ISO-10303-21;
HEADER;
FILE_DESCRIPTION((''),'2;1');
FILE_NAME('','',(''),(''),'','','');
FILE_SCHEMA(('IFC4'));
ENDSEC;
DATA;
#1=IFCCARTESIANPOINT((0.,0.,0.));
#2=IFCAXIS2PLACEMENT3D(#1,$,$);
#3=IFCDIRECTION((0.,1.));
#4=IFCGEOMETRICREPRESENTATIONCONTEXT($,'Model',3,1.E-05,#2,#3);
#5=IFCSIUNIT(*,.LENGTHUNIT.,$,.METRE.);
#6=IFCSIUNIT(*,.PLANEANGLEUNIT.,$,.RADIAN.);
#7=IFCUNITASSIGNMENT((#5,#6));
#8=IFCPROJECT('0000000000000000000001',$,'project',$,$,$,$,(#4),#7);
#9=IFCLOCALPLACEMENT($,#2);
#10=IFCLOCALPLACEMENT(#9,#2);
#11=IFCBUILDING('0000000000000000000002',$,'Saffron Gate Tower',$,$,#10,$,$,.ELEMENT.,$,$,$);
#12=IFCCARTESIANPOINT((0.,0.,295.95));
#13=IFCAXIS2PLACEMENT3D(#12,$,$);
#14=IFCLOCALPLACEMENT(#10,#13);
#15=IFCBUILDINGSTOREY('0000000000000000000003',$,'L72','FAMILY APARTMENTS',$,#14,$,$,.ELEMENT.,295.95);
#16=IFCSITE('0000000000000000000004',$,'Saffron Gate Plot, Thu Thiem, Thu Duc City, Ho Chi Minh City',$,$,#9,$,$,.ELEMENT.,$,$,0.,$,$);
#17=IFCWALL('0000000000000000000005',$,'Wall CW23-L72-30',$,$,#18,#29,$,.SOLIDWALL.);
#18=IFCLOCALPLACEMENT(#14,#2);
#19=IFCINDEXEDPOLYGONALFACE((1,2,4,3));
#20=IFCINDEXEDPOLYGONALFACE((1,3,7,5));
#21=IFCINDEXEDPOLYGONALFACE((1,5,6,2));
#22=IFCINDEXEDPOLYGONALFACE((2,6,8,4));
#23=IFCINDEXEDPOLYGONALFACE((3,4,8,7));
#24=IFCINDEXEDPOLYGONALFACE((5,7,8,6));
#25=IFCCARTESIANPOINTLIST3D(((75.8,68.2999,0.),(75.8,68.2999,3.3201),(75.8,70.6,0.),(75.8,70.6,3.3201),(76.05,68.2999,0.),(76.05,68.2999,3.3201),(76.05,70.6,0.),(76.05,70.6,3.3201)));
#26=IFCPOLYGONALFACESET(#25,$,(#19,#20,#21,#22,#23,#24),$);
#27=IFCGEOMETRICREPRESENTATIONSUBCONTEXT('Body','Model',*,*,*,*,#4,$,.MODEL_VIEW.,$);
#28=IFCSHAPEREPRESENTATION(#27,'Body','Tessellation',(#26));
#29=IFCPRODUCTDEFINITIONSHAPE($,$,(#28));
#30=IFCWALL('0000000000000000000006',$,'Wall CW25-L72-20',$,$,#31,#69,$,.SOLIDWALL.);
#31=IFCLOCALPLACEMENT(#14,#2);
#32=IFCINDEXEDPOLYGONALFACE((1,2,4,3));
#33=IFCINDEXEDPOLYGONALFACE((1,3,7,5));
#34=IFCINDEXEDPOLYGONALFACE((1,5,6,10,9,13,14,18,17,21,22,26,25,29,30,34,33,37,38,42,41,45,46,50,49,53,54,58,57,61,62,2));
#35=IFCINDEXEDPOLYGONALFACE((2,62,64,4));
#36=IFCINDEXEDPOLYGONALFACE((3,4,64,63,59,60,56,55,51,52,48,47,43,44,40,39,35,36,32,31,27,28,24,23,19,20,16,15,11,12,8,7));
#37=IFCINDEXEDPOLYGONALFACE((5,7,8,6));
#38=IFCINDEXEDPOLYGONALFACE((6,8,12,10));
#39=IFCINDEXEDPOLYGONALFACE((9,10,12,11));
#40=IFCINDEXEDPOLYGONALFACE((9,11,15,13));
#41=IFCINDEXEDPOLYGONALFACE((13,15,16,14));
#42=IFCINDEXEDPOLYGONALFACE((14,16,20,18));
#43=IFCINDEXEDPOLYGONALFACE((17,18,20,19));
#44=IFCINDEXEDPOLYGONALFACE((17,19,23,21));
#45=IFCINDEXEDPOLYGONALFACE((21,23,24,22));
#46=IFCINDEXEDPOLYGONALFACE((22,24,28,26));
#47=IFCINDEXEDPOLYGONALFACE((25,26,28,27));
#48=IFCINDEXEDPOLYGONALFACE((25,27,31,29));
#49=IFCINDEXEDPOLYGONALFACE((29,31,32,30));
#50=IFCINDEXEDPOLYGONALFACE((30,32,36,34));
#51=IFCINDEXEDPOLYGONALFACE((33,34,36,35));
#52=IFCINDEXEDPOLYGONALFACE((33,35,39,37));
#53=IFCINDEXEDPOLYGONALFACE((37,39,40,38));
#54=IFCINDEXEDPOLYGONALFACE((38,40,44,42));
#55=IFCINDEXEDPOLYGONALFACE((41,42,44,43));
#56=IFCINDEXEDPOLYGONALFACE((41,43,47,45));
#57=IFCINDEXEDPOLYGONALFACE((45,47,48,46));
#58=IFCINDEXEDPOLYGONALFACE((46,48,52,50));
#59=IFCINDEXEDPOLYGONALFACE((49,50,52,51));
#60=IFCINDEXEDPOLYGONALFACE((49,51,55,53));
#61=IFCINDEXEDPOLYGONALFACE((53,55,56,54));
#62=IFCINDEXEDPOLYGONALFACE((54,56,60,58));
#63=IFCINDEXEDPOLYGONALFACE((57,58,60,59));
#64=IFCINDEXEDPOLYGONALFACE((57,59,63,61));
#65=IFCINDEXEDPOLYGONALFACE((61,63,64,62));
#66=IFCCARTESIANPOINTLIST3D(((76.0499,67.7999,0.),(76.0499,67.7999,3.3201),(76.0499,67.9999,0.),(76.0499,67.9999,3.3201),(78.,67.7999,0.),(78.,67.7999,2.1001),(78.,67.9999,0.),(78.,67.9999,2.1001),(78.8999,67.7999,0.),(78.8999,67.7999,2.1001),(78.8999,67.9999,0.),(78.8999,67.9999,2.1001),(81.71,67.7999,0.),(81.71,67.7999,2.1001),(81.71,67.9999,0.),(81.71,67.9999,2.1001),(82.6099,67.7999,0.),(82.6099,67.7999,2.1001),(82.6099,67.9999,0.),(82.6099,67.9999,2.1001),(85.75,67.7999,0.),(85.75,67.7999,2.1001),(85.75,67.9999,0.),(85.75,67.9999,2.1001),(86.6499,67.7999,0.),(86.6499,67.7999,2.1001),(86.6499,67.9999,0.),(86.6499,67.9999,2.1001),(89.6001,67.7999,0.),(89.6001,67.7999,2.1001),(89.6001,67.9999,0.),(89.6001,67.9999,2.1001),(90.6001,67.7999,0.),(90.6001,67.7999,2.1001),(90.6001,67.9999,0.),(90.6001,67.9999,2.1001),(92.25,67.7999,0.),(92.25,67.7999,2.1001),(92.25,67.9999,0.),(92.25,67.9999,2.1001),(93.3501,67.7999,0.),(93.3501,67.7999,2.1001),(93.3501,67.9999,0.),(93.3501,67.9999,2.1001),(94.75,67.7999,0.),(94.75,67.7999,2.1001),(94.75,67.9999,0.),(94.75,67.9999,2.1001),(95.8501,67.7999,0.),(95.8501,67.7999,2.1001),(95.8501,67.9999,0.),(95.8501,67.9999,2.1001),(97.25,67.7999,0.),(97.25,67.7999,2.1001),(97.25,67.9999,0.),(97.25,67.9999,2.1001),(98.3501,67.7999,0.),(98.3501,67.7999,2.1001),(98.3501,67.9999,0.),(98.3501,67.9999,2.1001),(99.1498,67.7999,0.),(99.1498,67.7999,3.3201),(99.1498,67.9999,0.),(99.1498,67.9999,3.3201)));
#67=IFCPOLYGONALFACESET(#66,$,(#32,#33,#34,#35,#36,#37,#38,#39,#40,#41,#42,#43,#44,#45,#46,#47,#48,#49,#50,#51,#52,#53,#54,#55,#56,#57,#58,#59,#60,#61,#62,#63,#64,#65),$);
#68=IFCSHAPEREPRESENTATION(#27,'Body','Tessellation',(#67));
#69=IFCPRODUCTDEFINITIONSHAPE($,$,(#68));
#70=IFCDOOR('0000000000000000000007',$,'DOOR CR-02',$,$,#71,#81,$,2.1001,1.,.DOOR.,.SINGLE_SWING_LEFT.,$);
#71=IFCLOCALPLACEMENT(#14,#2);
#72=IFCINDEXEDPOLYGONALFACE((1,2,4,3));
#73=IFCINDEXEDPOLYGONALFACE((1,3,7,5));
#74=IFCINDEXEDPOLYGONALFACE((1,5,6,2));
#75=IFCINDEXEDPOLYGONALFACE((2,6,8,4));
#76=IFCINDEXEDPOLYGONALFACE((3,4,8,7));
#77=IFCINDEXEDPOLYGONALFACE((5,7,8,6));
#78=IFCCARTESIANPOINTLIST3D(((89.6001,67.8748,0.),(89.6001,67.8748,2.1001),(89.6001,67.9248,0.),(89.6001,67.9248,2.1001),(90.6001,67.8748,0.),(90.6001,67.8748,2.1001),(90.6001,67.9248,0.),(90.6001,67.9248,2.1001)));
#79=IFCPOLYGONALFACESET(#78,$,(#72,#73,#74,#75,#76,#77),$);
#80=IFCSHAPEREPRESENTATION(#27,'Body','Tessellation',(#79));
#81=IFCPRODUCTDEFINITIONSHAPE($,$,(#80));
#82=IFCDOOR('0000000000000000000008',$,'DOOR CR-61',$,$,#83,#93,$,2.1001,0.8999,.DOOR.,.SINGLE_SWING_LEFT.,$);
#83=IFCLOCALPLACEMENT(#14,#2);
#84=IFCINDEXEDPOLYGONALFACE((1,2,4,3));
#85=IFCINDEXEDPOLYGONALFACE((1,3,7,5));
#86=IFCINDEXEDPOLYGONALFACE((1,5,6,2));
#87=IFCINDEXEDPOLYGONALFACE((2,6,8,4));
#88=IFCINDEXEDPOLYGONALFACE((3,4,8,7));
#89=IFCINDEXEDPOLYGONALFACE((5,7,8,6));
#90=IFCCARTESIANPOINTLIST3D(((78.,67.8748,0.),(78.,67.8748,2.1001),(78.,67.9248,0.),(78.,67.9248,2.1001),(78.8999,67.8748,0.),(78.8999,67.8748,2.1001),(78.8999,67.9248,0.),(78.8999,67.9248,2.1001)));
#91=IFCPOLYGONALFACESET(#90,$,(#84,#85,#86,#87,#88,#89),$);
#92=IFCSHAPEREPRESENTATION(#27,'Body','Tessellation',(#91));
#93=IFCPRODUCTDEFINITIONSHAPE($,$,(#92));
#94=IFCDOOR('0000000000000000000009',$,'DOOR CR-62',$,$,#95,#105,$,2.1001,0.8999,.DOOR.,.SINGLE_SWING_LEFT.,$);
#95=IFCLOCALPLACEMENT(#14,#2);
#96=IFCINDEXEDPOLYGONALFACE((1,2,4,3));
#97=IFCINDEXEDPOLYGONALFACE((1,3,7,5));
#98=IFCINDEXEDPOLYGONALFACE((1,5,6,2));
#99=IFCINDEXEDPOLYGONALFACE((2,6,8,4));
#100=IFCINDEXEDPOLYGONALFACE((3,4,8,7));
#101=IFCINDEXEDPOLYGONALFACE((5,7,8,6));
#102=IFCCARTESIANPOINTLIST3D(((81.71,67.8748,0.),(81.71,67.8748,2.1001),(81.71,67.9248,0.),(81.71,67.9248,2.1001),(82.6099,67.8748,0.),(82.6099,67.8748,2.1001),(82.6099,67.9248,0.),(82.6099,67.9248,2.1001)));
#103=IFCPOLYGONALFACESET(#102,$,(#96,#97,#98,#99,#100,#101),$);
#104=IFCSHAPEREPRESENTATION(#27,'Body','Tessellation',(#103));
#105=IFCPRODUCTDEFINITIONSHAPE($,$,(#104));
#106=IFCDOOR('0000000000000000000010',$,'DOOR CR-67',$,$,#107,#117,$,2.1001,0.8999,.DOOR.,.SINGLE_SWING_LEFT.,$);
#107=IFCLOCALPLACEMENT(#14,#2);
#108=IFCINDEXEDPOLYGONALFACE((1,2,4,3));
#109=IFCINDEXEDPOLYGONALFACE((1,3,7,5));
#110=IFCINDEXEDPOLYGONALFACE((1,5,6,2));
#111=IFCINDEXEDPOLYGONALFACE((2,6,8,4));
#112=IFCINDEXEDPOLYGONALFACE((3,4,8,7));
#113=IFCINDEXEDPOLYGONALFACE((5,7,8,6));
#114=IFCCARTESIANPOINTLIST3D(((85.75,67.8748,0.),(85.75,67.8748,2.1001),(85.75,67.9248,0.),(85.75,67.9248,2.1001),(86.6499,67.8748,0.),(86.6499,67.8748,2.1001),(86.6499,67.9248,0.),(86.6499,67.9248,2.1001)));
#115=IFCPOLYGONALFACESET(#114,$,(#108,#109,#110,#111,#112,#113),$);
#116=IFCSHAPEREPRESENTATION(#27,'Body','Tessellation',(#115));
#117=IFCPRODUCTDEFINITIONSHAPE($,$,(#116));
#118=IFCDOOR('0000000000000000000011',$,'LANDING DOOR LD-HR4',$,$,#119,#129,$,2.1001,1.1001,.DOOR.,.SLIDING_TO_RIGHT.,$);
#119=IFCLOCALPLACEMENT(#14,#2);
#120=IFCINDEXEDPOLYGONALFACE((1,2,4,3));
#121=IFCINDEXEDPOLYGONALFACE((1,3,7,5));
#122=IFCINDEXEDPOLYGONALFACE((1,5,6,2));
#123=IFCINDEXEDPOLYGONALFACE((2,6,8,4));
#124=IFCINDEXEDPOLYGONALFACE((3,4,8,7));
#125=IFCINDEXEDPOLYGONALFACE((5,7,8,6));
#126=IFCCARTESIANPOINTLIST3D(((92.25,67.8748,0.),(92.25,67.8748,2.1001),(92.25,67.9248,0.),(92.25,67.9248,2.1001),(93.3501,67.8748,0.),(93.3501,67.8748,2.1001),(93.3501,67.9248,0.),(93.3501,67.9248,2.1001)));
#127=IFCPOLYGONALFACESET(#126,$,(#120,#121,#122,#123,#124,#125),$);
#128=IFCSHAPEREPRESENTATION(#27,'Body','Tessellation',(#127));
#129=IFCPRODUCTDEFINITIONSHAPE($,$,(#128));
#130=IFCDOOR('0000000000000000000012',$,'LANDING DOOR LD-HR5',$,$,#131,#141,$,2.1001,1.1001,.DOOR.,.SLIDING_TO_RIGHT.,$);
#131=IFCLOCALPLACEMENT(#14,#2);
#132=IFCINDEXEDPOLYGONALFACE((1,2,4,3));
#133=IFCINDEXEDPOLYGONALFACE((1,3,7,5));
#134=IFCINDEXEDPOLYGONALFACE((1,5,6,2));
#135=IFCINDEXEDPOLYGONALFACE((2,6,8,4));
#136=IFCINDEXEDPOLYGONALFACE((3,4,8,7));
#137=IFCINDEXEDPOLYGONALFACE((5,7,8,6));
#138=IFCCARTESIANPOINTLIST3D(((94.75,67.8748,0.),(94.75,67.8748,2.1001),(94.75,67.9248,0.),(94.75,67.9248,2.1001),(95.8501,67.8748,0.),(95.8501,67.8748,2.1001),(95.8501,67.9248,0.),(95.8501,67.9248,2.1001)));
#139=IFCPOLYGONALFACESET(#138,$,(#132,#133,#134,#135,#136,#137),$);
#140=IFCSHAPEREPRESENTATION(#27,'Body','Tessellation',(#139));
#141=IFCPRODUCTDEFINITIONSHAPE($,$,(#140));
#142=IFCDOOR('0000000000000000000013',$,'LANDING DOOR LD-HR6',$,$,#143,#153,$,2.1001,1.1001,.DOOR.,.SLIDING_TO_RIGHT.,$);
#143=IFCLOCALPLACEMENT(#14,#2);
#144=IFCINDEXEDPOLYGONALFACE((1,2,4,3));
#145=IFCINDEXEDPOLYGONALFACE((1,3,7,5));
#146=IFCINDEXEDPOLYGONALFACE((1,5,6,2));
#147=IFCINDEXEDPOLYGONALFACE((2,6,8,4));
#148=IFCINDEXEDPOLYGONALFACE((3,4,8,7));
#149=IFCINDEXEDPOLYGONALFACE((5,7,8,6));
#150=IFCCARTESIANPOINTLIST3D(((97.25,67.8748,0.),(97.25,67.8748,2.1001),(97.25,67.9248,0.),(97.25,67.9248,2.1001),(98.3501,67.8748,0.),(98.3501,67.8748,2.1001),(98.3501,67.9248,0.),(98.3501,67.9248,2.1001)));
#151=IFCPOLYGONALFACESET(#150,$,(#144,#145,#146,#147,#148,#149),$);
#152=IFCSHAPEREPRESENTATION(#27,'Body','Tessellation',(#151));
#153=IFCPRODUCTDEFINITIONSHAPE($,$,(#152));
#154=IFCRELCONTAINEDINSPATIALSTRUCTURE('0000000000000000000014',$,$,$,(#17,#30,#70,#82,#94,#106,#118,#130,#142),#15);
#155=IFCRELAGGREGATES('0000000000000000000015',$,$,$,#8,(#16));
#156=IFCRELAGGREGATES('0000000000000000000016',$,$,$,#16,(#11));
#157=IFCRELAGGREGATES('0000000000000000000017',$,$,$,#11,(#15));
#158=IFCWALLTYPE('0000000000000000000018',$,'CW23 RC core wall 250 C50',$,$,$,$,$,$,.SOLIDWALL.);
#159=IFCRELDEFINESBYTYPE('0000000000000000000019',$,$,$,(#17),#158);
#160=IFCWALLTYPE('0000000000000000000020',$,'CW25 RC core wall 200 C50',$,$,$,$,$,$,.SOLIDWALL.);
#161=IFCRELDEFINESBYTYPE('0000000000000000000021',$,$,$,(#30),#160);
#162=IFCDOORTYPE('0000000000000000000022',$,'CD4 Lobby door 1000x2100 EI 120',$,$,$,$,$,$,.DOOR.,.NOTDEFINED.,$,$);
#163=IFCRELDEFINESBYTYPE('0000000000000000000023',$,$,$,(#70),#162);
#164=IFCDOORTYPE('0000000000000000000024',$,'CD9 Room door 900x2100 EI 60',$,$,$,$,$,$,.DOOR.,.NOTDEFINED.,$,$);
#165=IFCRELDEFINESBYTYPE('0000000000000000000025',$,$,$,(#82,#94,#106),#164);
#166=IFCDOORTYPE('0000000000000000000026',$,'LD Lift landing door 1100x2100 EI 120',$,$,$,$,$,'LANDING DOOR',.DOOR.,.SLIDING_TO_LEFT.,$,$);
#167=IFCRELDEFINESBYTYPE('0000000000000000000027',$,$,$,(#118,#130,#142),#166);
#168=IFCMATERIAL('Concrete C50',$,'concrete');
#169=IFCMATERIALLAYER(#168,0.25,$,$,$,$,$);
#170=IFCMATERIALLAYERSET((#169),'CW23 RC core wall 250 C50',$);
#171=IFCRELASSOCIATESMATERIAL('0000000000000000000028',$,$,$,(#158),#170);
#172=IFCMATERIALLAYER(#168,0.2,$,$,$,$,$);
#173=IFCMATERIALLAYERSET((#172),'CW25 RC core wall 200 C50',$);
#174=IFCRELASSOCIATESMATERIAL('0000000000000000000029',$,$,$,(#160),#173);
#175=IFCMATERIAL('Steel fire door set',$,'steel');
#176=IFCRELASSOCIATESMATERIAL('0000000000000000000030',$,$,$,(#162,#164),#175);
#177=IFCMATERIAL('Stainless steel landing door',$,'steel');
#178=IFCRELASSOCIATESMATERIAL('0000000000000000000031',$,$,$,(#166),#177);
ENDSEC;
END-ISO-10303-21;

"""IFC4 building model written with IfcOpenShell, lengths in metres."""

from ifc_helpers import new_model, si_unit, direction, frame, frame_2d, origin, place, context, subcontext, project, spatial, rectangle, extrude, material, layer, layer_set, type_object, element, fill, save


model = new_model("IFC4")

# Units and contexts
model_context = context("Model", 3, precision=1e-05, world=origin(), true_north=direction((0.0, 1.0)))
body_context = subcontext(model_context, "Body", "Model", "MODEL_VIEW")
ifc_project = project(units=[si_unit("LENGTHUNIT", "METRE"), si_unit("PLANEANGLEUNIT", "RADIAN")], contexts=[model_context])

# Site, building, storey
site_placement = place(None, origin())
site = spatial("IfcSite", under=ifc_project, at=site_placement, Name="Saffron Gate Plot, Thu Thiem, Thu Duc City, Ho Chi Minh City", CompositionType="ELEMENT", RefElevation=0.0)
building_placement = place(site_placement, origin())
building = spatial("IfcBuilding", under=site, at=building_placement, Name="Saffron Gate Tower", CompositionType="ELEMENT")
storey_placement = place(building_placement, frame((0.0, 0.0, 295.95)))
storey = spatial("IfcBuildingStorey", under=building, at=storey_placement, Name="L72", Description="FAMILY APARTMENTS", CompositionType="ELEMENT", Elevation=295.95)

# Wall
ifc_material_1 = material(Name="Concrete C50", Category="concrete")
ifc_layer_1 = layer(ifc_material_1, 0.25)
ifc_layer_set_1 = layer_set([ifc_layer_1], Name="CW23 RC core wall 250 C50")
wall_type_1 = type_object("IfcWallType", Name="CW23 RC core wall 250 C50", PredefinedType="SOLIDWALL", material=ifc_layer_set_1)
wall_1_placement = place(storey_placement, frame((75.925, 68.3, 0.0), z_axis=(0.0, 0.0, 1.0), x_axis=(0.0, 1.0, 0.0)))
element("IfcWall", 1, at=wall_1_placement, inside=storey, type_object=wall_type_1, Name="Wall CW23-L72-30", PredefinedType="SOLIDWALL", context=body_context, shape_type="SweptSolid", body=[
    extrude(rectangle(XDim=2.3, YDim=0.25, at=frame_2d((1.1499, 0.0))), origin(), (0.0, 0.0, 1.0), 3.3201),
])

# Wall, openings, doors
ifc_layer_2 = layer(ifc_material_1, 0.2)
ifc_layer_set_2 = layer_set([ifc_layer_2], Name="CW25 RC core wall 200 C50")
wall_type_2 = type_object("IfcWallType", Name="CW25 RC core wall 200 C50", PredefinedType="SOLIDWALL", material=ifc_layer_set_2)
wall_2_placement = place(storey_placement, frame((76.05, 67.8999, 0.0), z_axis=(0.0, 0.0, 1.0), x_axis=(1.0, 0.0, 0.0)))
wall_2 = element("IfcWall", 2, at=wall_2_placement, inside=storey, type_object=wall_type_2, Name="Wall CW25-L72-20", PredefinedType="SOLIDWALL", context=body_context, shape_type="SweptSolid", body=[
    extrude(rectangle(XDim=23.0999, YDim=0.2, at=frame_2d((11.5498, 0.0))), origin(), (0.0, 0.0, 1.0), 3.3201),
])
opening_1_placement = place(wall_2_placement, frame((1.95, 0.0, 0.0)))
opening_1 = element("IfcOpeningElement", 3, at=opening_1_placement, cuts=wall_2, PredefinedType="OPENING", context=body_context, shape_type="SweptSolid", body=[
    extrude(rectangle(XDim=0.8999, YDim=2.1001, at=frame_2d((0.45, 1.05))), frame((0.0, 0.1099, 0.0), z_axis=(0.0, -1.0, 0.0), x_axis=(1.0, 0.0, 0.0)), (0.0, 0.0, 1.0), 0.22),
])
opening_2_placement = place(wall_2_placement, frame((5.6599, 0.0, 0.0)))
opening_2 = element("IfcOpeningElement", 4, at=opening_2_placement, cuts=wall_2, PredefinedType="OPENING", context=body_context, shape_type="SweptSolid", body=[
    extrude(rectangle(XDim=0.8999, YDim=2.1001, at=frame_2d((0.45, 1.05))), frame((0.0, 0.1099, 0.0), z_axis=(0.0, -1.0, 0.0), x_axis=(1.0, 0.0, 0.0)), (0.0, 0.0, 1.0), 0.22),
])
opening_3_placement = place(wall_2_placement, frame((9.7, 0.0, 0.0)))
opening_3 = element("IfcOpeningElement", 5, at=opening_3_placement, cuts=wall_2, PredefinedType="OPENING", context=body_context, shape_type="SweptSolid", body=[
    extrude(rectangle(XDim=0.8999, YDim=2.1001, at=frame_2d((0.45, 1.05))), frame((0.0, 0.1099, 0.0), z_axis=(0.0, -1.0, 0.0), x_axis=(1.0, 0.0, 0.0)), (0.0, 0.0, 1.0), 0.22),
])
opening_4_placement = place(wall_2_placement, frame((13.55, 0.0, 0.0)))
opening_4 = element("IfcOpeningElement", 6, at=opening_4_placement, cuts=wall_2, PredefinedType="OPENING", context=body_context, shape_type="SweptSolid", body=[
    extrude(rectangle(XDim=1.0, YDim=2.1001, at=frame_2d((0.5, 1.05))), frame((0.0, 0.1099, 0.0), z_axis=(0.0, -1.0, 0.0), x_axis=(1.0, 0.0, 0.0)), (0.0, 0.0, 1.0), 0.22),
])
opening_5_placement = place(wall_2_placement, frame((16.2, 0.0, 0.0)))
opening_5 = element("IfcOpeningElement", 7, at=opening_5_placement, cuts=wall_2, PredefinedType="OPENING", context=body_context, shape_type="SweptSolid", body=[
    extrude(rectangle(XDim=1.1001, YDim=2.1001, at=frame_2d((0.55, 1.05))), frame((0.0, 0.1099, 0.0), z_axis=(0.0, -1.0, 0.0), x_axis=(1.0, 0.0, 0.0)), (0.0, 0.0, 1.0), 0.22),
])
opening_6_placement = place(wall_2_placement, frame((18.7, 0.0, 0.0)))
opening_6 = element("IfcOpeningElement", 8, at=opening_6_placement, cuts=wall_2, PredefinedType="OPENING", context=body_context, shape_type="SweptSolid", body=[
    extrude(rectangle(XDim=1.1001, YDim=2.1001, at=frame_2d((0.55, 1.05))), frame((0.0, 0.1099, 0.0), z_axis=(0.0, -1.0, 0.0), x_axis=(1.0, 0.0, 0.0)), (0.0, 0.0, 1.0), 0.22),
])
opening_7_placement = place(wall_2_placement, frame((21.2, 0.0, 0.0)))
opening_7 = element("IfcOpeningElement", 9, at=opening_7_placement, cuts=wall_2, PredefinedType="OPENING", context=body_context, shape_type="SweptSolid", body=[
    extrude(rectangle(XDim=1.1001, YDim=2.1001, at=frame_2d((0.55, 1.05))), frame((0.0, 0.1099, 0.0), z_axis=(0.0, -1.0, 0.0), x_axis=(1.0, 0.0, 0.0)), (0.0, 0.0, 1.0), 0.22),
])
ifc_material_2 = material(Name="Steel fire door set", Category="steel")
door_type_1 = type_object("IfcDoorType", Name="CD4 Lobby door 1000x2100 EI 120", OperationType="NOTDEFINED", PredefinedType="DOOR", material=ifc_material_2)
door_1_placement = place(opening_4_placement, origin())
door_1 = element("IfcDoor", 10, at=door_1_placement, inside=storey, type_object=door_type_1, Name="DOOR CR-02", OperationType="SINGLE_SWING_LEFT", OverallHeight=2.1001, OverallWidth=1.0, PredefinedType="DOOR", context=body_context, shape_type="SweptSolid", body=[
    extrude(rectangle(XDim=1.0, YDim=2.1001, at=frame_2d((0.5, 1.05))), frame((0.0, 0.0249, 0.0), z_axis=(0.0, -1.0, 0.0), x_axis=(1.0, 0.0, 0.0)), (0.0, 0.0, 1.0), 0.05),
])
fill(opening_4, door_1)
door_type_2 = type_object("IfcDoorType", Name="CD9 Room door 900x2100 EI 60", OperationType="NOTDEFINED", PredefinedType="DOOR", material=ifc_material_2)
door_2_placement = place(opening_1_placement, origin())
door_2 = element("IfcDoor", 11, at=door_2_placement, inside=storey, type_object=door_type_2, Name="DOOR CR-61", OperationType="SINGLE_SWING_LEFT", OverallHeight=2.1001, OverallWidth=0.8999, PredefinedType="DOOR", context=body_context, shape_type="SweptSolid", body=[
    extrude(rectangle(XDim=0.8999, YDim=2.1001, at=frame_2d((0.45, 1.05))), frame((0.0, 0.0249, 0.0), z_axis=(0.0, -1.0, 0.0), x_axis=(1.0, 0.0, 0.0)), (0.0, 0.0, 1.0), 0.05),
])
fill(opening_1, door_2)
door_3_placement = place(opening_2_placement, origin())
door_3 = element("IfcDoor", 12, at=door_3_placement, inside=storey, type_object=door_type_2, Name="DOOR CR-62", OperationType="SINGLE_SWING_LEFT", OverallHeight=2.1001, OverallWidth=0.8999, PredefinedType="DOOR", context=body_context, shape_type="SweptSolid", body=[
    extrude(rectangle(XDim=0.8999, YDim=2.1001, at=frame_2d((0.45, 1.05))), frame((0.0, 0.0249, 0.0), z_axis=(0.0, -1.0, 0.0), x_axis=(1.0, 0.0, 0.0)), (0.0, 0.0, 1.0), 0.05),
])
fill(opening_2, door_3)
door_4_placement = place(opening_3_placement, origin())
door_4 = element("IfcDoor", 13, at=door_4_placement, inside=storey, type_object=door_type_2, Name="DOOR CR-67", OperationType="SINGLE_SWING_LEFT", OverallHeight=2.1001, OverallWidth=0.8999, PredefinedType="DOOR", context=body_context, shape_type="SweptSolid", body=[
    extrude(rectangle(XDim=0.8999, YDim=2.1001, at=frame_2d((0.45, 1.05))), frame((0.0, 0.0249, 0.0), z_axis=(0.0, -1.0, 0.0), x_axis=(1.0, 0.0, 0.0)), (0.0, 0.0, 1.0), 0.05),
])
fill(opening_3, door_4)
ifc_material_3 = material(Name="Stainless steel landing door", Category="steel")
door_type_3 = type_object("IfcDoorType", Name="LD Lift landing door 1100x2100 EI 120", ElementType="LANDING DOOR", OperationType="SLIDING_TO_LEFT", PredefinedType="DOOR", material=ifc_material_3)
door_5_placement = place(opening_5_placement, origin())
door_5 = element("IfcDoor", 14, at=door_5_placement, inside=storey, type_object=door_type_3, Name="LANDING DOOR LD-HR4", OperationType="SLIDING_TO_RIGHT", OverallHeight=2.1001, OverallWidth=1.1001, PredefinedType="DOOR", context=body_context, shape_type="SweptSolid", body=[
    extrude(rectangle(XDim=1.1001, YDim=2.1001, at=frame_2d((0.55, 1.05))), frame((0.0, 0.0249, 0.0), z_axis=(0.0, -1.0, 0.0), x_axis=(1.0, 0.0, 0.0)), (0.0, 0.0, 1.0), 0.05),
])
fill(opening_5, door_5)
door_6_placement = place(opening_6_placement, origin())
door_6 = element("IfcDoor", 15, at=door_6_placement, inside=storey, type_object=door_type_3, Name="LANDING DOOR LD-HR5", OperationType="SLIDING_TO_RIGHT", OverallHeight=2.1001, OverallWidth=1.1001, PredefinedType="DOOR", context=body_context, shape_type="SweptSolid", body=[
    extrude(rectangle(XDim=1.1001, YDim=2.1001, at=frame_2d((0.55, 1.05))), frame((0.0, 0.0249, 0.0), z_axis=(0.0, -1.0, 0.0), x_axis=(1.0, 0.0, 0.0)), (0.0, 0.0, 1.0), 0.05),
])
fill(opening_6, door_6)
door_7_placement = place(opening_7_placement, origin())
door_7 = element("IfcDoor", 16, at=door_7_placement, inside=storey, type_object=door_type_3, Name="LANDING DOOR LD-HR6", OperationType="SLIDING_TO_RIGHT", OverallHeight=2.1001, OverallWidth=1.1001, PredefinedType="DOOR", context=body_context, shape_type="SweptSolid", body=[
    extrude(rectangle(XDim=1.1001, YDim=2.1001, at=frame_2d((0.55, 1.05))), frame((0.0, 0.0249, 0.0), z_axis=(0.0, -1.0, 0.0), x_axis=(1.0, 0.0, 0.0)), (0.0, 0.0, 1.0), 0.05),
])
fill(opening_7, door_7)

save(model, "model.ifc")
